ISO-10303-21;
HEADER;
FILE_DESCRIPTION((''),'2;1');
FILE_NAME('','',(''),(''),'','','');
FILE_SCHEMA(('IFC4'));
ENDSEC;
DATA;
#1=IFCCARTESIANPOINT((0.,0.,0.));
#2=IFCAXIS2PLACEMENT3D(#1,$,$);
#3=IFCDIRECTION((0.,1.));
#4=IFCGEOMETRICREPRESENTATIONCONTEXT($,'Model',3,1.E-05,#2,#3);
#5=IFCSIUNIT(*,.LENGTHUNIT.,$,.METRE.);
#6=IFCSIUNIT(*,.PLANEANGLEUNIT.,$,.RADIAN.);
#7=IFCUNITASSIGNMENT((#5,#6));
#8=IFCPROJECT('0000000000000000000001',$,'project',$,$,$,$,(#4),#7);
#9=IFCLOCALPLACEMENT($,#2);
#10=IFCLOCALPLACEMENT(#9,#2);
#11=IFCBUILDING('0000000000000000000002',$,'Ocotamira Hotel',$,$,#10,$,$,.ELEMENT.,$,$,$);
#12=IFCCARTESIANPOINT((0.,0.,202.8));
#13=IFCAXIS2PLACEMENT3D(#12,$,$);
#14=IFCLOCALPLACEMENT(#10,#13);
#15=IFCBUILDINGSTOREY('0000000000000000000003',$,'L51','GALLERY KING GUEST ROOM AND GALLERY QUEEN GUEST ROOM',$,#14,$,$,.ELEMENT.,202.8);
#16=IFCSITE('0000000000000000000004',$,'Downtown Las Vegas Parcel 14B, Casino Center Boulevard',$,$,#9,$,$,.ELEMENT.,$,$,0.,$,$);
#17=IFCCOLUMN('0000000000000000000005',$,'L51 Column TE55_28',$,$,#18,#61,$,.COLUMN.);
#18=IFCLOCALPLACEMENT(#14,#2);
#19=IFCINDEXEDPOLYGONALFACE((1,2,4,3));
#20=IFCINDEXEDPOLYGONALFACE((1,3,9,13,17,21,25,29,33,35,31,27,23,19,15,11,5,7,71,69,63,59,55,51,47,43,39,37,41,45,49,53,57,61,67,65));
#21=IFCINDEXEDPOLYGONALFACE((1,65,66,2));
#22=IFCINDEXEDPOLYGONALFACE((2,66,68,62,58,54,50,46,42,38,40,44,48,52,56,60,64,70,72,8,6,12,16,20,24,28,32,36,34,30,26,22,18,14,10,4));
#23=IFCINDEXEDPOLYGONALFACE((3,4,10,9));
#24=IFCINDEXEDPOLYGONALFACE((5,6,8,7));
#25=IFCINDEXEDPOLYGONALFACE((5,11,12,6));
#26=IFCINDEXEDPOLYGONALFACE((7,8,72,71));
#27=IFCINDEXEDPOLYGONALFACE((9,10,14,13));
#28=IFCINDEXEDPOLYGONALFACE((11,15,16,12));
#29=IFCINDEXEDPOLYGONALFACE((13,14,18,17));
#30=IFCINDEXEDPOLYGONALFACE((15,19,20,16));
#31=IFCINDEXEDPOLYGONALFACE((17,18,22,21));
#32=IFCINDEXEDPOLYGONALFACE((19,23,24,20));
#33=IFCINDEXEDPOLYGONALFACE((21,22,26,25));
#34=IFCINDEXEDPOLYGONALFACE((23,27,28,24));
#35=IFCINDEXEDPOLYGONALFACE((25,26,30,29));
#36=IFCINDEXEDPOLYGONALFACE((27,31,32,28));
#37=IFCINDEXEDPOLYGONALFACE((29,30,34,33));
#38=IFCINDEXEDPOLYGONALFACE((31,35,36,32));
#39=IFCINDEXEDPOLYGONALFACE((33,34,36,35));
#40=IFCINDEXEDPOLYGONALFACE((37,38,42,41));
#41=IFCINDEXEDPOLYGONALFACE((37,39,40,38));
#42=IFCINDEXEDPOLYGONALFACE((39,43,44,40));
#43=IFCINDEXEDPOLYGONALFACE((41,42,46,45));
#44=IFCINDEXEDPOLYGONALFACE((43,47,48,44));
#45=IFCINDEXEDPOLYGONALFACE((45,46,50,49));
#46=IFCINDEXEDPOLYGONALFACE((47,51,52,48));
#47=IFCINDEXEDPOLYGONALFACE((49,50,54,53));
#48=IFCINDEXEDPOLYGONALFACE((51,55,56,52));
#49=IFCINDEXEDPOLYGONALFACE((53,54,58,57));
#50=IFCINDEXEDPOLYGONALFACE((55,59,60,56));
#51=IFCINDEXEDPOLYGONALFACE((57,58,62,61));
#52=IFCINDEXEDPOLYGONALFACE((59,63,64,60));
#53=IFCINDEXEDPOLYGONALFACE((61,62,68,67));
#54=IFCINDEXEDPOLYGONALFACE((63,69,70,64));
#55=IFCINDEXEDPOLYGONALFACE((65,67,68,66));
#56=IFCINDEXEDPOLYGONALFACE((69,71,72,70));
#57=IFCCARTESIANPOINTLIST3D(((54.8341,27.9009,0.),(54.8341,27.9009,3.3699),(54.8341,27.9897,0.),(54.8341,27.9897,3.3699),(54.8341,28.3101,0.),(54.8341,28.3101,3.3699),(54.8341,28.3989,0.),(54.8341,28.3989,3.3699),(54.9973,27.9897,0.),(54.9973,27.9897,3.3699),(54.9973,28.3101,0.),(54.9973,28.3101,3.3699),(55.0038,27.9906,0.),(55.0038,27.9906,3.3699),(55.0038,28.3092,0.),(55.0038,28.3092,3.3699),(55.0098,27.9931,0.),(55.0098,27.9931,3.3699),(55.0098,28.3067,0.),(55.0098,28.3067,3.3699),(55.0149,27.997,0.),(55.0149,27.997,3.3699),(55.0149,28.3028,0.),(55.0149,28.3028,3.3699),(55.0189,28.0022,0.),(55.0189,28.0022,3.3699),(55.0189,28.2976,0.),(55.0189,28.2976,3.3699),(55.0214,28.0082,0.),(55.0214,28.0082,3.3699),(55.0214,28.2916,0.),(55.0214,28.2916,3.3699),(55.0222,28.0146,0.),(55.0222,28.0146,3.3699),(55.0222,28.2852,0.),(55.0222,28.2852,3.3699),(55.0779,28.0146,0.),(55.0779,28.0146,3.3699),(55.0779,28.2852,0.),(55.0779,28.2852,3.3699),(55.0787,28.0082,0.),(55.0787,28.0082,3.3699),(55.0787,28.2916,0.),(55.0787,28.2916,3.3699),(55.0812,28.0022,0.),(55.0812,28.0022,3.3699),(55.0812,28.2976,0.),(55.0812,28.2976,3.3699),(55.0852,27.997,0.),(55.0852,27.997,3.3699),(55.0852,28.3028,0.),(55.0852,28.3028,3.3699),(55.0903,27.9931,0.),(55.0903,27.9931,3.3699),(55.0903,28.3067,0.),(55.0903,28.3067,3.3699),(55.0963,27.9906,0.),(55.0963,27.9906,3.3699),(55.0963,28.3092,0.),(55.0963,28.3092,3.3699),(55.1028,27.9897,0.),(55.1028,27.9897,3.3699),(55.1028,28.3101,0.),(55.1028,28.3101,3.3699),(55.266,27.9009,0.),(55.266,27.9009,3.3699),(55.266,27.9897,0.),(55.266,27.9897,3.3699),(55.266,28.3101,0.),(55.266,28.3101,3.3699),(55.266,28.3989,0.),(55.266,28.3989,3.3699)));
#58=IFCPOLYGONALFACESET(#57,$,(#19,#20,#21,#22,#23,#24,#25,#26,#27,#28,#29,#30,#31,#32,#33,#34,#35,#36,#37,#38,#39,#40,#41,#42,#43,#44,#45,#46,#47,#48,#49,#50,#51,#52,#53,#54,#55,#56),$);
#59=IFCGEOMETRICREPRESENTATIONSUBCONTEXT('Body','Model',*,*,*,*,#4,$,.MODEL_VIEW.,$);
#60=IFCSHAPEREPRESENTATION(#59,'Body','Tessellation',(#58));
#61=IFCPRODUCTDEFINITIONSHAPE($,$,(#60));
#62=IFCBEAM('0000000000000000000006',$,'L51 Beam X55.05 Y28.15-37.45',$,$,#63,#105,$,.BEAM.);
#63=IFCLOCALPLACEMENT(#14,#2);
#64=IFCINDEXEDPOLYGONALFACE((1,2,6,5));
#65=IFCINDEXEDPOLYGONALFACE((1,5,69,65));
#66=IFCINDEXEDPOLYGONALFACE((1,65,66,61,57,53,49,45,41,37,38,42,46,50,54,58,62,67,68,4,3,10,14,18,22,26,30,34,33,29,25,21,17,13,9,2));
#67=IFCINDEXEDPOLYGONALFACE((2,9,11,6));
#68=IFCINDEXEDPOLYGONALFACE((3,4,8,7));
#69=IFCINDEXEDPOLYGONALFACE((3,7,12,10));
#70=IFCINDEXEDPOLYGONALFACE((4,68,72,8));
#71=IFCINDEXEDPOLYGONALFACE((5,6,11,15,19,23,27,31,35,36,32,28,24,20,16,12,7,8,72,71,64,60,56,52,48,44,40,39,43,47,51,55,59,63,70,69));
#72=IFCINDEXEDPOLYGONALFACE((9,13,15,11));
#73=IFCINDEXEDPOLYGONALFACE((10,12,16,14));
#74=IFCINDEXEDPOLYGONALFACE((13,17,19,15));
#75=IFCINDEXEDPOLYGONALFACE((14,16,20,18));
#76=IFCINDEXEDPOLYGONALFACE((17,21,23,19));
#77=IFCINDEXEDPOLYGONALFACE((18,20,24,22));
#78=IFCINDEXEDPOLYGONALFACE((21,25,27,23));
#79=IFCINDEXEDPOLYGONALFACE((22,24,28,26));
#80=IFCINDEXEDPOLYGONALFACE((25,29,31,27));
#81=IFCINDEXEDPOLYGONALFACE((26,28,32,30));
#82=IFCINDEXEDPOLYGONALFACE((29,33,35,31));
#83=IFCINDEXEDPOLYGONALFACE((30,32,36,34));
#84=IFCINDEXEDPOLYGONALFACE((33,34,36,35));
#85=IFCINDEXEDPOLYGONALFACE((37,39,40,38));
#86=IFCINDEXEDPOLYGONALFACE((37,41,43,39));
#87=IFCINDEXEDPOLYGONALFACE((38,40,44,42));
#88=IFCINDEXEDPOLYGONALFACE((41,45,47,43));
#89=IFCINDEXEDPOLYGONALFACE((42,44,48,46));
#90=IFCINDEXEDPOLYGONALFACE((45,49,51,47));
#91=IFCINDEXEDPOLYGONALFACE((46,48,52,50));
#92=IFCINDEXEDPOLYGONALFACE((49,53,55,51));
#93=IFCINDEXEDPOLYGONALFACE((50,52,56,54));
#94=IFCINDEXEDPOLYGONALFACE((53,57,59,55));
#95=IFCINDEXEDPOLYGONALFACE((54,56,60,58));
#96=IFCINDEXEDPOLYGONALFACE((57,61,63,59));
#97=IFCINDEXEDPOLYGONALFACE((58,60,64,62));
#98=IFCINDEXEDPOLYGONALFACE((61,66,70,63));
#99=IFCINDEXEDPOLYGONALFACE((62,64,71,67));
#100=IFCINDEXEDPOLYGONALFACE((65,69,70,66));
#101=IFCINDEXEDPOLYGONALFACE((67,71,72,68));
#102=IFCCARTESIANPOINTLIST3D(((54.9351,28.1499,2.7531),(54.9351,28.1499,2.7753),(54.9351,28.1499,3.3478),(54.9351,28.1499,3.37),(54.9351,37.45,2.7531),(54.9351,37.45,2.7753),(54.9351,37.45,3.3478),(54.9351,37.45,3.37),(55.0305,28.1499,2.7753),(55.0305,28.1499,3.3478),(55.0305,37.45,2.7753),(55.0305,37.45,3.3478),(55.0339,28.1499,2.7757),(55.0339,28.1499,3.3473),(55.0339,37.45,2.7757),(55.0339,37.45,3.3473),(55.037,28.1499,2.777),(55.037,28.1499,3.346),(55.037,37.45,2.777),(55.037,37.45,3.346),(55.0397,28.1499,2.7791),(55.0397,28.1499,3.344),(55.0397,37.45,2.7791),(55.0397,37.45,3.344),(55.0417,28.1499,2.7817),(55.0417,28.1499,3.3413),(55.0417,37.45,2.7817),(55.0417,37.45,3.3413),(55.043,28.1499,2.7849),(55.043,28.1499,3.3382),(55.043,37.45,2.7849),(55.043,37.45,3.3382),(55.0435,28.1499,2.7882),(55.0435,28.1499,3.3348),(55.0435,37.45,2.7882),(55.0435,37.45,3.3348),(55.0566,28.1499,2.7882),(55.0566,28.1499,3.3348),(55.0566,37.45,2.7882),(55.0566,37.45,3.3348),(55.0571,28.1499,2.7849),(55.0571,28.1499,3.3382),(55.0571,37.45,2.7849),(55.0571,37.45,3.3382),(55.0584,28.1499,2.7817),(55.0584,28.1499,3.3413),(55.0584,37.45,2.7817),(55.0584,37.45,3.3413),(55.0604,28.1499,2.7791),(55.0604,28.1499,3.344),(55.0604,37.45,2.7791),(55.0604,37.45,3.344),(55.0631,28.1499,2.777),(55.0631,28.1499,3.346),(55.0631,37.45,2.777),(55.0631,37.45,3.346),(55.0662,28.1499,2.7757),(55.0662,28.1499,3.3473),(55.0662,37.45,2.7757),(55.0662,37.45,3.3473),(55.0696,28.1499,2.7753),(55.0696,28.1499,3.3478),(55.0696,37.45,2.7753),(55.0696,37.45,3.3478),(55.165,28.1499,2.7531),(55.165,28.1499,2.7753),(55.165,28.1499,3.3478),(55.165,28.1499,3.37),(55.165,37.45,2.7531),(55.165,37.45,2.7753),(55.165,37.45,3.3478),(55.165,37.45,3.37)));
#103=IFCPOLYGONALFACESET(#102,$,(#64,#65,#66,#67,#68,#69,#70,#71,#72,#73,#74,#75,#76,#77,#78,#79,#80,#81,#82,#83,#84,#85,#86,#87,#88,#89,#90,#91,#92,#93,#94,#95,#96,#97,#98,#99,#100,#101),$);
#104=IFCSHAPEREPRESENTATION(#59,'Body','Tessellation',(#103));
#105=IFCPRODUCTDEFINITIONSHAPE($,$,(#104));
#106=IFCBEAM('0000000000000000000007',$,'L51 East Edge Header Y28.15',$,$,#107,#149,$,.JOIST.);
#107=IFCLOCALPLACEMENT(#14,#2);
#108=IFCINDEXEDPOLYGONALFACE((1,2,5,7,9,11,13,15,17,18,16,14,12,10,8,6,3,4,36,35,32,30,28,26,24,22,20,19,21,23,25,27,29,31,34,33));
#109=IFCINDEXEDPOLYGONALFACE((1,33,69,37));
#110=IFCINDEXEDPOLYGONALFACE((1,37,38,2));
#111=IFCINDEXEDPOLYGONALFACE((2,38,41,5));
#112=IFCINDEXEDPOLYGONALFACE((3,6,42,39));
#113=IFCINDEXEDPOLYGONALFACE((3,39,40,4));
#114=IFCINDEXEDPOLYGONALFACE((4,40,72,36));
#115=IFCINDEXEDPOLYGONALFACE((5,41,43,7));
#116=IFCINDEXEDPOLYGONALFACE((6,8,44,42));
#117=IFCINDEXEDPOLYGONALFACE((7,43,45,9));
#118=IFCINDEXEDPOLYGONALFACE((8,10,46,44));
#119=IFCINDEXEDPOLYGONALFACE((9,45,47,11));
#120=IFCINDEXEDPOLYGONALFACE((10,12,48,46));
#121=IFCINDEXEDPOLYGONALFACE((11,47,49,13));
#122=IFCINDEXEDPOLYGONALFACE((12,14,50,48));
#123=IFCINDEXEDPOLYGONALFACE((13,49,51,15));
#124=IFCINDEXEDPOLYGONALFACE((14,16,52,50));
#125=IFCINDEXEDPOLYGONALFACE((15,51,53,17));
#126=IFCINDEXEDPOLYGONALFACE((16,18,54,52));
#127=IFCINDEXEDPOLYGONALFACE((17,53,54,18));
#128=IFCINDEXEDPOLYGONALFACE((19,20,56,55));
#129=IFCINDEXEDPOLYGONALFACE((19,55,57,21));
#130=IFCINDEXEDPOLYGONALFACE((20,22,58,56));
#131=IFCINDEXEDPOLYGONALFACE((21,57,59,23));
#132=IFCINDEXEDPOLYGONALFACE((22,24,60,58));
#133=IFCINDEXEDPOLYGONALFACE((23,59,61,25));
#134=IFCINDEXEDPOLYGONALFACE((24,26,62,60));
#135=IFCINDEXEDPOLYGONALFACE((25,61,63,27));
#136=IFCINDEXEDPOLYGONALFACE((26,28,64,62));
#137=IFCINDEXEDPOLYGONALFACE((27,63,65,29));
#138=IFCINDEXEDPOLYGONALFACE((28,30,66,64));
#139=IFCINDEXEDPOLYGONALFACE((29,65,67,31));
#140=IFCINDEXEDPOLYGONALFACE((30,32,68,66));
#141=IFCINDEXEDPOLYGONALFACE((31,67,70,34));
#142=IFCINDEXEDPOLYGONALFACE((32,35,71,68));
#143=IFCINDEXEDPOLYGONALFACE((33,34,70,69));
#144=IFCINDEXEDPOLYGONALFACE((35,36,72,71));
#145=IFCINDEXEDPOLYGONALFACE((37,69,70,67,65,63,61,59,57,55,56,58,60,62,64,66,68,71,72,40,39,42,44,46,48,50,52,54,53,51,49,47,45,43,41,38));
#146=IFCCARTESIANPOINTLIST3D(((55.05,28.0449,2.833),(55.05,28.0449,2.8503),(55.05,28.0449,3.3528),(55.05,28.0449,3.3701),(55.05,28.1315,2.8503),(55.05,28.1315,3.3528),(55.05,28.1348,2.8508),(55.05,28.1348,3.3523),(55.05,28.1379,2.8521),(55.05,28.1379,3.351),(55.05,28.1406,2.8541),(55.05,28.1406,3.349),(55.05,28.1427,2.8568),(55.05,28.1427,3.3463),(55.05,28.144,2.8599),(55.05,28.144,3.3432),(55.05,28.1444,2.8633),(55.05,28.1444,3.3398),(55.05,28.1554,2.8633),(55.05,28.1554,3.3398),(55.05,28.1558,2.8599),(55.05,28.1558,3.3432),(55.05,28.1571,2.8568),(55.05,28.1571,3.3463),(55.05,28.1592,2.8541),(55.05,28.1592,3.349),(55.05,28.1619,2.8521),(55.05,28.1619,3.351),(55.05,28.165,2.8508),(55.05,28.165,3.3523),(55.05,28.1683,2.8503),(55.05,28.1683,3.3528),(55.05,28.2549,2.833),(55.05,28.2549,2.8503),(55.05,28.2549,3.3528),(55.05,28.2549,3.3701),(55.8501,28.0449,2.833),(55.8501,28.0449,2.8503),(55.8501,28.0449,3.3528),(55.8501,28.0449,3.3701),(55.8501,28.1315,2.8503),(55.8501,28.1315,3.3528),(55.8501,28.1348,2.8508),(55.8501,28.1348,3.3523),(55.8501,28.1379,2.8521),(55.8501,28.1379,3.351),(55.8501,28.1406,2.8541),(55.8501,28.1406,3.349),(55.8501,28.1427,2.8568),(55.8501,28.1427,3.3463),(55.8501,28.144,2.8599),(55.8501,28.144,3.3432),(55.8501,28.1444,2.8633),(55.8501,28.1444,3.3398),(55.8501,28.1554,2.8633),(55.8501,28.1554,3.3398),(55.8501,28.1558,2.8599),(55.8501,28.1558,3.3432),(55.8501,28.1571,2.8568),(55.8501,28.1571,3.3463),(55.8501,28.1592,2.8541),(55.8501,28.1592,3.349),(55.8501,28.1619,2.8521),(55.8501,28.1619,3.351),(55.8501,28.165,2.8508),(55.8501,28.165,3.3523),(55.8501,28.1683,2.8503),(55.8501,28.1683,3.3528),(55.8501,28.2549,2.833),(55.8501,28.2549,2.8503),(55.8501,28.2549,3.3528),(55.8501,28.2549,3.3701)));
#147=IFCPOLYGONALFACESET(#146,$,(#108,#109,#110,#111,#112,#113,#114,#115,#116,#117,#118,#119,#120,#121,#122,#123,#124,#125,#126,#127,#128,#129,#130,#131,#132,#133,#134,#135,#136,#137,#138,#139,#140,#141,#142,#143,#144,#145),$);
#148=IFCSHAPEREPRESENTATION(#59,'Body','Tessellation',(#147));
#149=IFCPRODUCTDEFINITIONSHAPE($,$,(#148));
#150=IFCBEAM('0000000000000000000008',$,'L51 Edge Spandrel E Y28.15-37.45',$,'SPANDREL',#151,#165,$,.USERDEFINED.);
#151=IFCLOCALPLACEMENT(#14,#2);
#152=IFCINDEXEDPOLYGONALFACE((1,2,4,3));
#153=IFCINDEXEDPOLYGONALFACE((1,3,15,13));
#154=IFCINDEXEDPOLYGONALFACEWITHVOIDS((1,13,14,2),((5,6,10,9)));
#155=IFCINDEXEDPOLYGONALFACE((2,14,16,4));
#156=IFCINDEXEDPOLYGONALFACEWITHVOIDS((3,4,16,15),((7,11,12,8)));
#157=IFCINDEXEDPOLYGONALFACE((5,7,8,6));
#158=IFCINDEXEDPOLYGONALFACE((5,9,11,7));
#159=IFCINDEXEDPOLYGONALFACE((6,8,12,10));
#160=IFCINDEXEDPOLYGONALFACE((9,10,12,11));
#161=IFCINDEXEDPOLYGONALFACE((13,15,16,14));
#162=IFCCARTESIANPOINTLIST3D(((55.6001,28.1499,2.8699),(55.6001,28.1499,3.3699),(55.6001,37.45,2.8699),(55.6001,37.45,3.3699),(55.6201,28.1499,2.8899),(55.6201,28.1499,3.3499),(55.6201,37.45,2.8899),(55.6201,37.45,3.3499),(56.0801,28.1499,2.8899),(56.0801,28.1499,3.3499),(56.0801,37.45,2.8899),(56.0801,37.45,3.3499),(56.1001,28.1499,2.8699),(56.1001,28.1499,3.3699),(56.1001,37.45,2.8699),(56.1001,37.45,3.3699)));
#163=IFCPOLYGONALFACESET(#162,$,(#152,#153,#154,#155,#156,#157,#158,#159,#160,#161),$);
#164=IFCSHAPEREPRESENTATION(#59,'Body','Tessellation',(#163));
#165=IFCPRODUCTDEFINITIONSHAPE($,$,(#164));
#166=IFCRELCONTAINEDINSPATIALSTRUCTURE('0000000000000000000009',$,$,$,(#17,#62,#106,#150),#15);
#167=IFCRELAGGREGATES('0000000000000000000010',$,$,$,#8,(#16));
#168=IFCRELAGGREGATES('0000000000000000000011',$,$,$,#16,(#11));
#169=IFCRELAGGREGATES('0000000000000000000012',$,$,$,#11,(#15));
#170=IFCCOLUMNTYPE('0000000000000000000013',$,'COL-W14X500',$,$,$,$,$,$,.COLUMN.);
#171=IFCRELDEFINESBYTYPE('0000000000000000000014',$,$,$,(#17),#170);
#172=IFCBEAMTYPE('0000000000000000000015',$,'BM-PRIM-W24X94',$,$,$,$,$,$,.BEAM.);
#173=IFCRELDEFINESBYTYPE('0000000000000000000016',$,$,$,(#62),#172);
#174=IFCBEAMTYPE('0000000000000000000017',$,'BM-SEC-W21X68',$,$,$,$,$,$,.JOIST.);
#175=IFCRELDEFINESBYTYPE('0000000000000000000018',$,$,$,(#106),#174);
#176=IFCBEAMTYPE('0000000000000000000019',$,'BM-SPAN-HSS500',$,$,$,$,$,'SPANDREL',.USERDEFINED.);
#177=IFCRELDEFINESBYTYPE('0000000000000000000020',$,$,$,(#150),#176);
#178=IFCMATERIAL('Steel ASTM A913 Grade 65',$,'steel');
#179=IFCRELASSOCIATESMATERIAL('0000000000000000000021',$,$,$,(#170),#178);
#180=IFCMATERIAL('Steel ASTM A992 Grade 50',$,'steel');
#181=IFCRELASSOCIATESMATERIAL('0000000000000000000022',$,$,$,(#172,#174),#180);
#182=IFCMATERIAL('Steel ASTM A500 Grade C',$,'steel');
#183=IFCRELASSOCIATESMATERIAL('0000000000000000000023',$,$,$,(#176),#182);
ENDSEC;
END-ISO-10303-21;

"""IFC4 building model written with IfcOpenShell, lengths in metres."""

from ifc_helpers import new_model, si_unit, direction, frame, origin, origin_2d, place, context, subcontext, project, spatial, hollow_rectangle, i_section, extrude, source, transform, mapped, material, material_profile, profile_set, type_object, element, save


model = new_model("IFC4")

# Units and contexts
model_context = context("Model", 3, precision=1e-05, world=origin(), true_north=direction((0.0, 1.0)))
body_context = subcontext(model_context, "Body", "Model", "MODEL_VIEW")
ifc_project = project(units=[si_unit("LENGTHUNIT", "METRE"), si_unit("PLANEANGLEUNIT", "RADIAN")], contexts=[model_context])

# Site, building, storey
site_placement = place(None, origin())
site = spatial("IfcSite", under=ifc_project, at=site_placement, Name="Downtown Las Vegas Parcel 14B, Casino Center Boulevard", CompositionType="ELEMENT", RefElevation=0.0)
building_placement = place(site_placement, origin())
building = spatial("IfcBuilding", under=site, at=building_placement, Name="Ocotamira Hotel", CompositionType="ELEMENT")
storey_placement = place(building_placement, frame((0.0, 0.0, 202.8)))
storey = spatial("IfcBuildingStorey", under=building, at=storey_placement, Name="L51", Description="GALLERY KING GUEST ROOM AND GALLERY QUEEN GUEST ROOM", CompositionType="ELEMENT", Elevation=202.8)

# Column
ifc_material_1 = material(Name="Steel ASTM A913 Grade 65", Category="steel")
ifc_material_profile_1 = material_profile(ifc_material_1, i_section(OverallWidth=0.4319, OverallDepth=0.498, WebThickness=0.0557, FlangeThickness=0.0889, FilletRadius=0.0249, at=origin_2d()), Name="W14X500")
ifc_profile_set_1 = profile_set([ifc_material_profile_1], Name="Steel ASTM A913 Grade 65")
column_type = type_object("IfcColumnType", Name="COL-W14X500", PredefinedType="COLUMN", material=ifc_profile_set_1)
shared_shape_1 = source(origin(), body_context, "Body", "SweptSolid", [
    extrude(i_section(OverallWidth=0.4319, OverallDepth=0.498, WebThickness=0.0557, FlangeThickness=0.0889, FilletRadius=0.0249, at=origin_2d()), origin(), (0.0, 0.0, 1.0), 3.3699),
])
column_placement = place(storey_placement, frame((55.05, 28.1499, 0.0), z_axis=(0.0, 0.0, 1.0), x_axis=(1.0, 0.0, 0.0)))
element("IfcColumn", 1, at=column_placement, inside=storey, type_object=column_type, Name="L51 Column TE55_28", PredefinedType="COLUMN", context=body_context, shape_type="MappedRepresentation", body=[
    mapped(shared_shape_1, transform((0.0, 0.0, 0.0), scale=1.0)),
])

# Beams
ifc_material_2 = material(Name="Steel ASTM A992 Grade 50", Category="steel")
ifc_material_profile_2 = material_profile(ifc_material_2, i_section(OverallWidth=0.23, OverallDepth=0.6169, WebThickness=0.0132, FlangeThickness=0.0222, FilletRadius=0.0129, at=origin_2d()), Name="W24X94")
ifc_profile_set_2 = profile_set([ifc_material_profile_2], Name="Steel ASTM A992 Grade 50")
beam_type_1 = type_object("IfcBeamType", Name="BM-PRIM-W24X94", PredefinedType="BEAM", material=ifc_profile_set_2)
shared_shape_2 = source(origin(), body_context, "Body", "SweptSolid", [
    extrude(i_section(OverallWidth=0.23, OverallDepth=0.6169, WebThickness=0.0132, FlangeThickness=0.0222, FilletRadius=0.0129, at=origin_2d()), origin(), (0.0, 0.0, 1.0), 9.3),
])
beam_1_placement = place(storey_placement, frame((55.05, 28.1499, 3.0615), z_axis=(0.0, 1.0, 0.0), x_axis=(-1.0, 0.0, 0.0)))
element("IfcBeam", 2, at=beam_1_placement, inside=storey, type_object=beam_type_1, Name="L51 Beam X55.05 Y28.15-37.45", PredefinedType="BEAM", context=body_context, shape_type="MappedRepresentation", body=[
    mapped(shared_shape_2, transform((0.0, 0.0, 0.0), scale=1.0)),
])
ifc_material_profile_3 = material_profile(ifc_material_2, i_section(OverallWidth=0.21, OverallDepth=0.5371, WebThickness=0.011, FlangeThickness=0.0173, FilletRadius=0.0129, at=origin_2d()), Name="W21X68")
ifc_profile_set_3 = profile_set([ifc_material_profile_3], Name="Steel ASTM A992 Grade 50")
beam_type_2 = type_object("IfcBeamType", Name="BM-SEC-W21X68", PredefinedType="JOIST", material=ifc_profile_set_3)
shared_shape_3 = source(origin(), body_context, "Body", "SweptSolid", [
    extrude(i_section(OverallWidth=0.21, OverallDepth=0.5371, WebThickness=0.011, FlangeThickness=0.0173, FilletRadius=0.0129, at=origin_2d()), origin(), (0.0, 0.0, 1.0), 0.8),
])
beam_2_placement = place(storey_placement, frame((55.05, 28.1499, 3.1016), z_axis=(1.0, 0.0, 0.0), x_axis=(0.0, 1.0, 0.0)))
element("IfcBeam", 3, at=beam_2_placement, inside=storey, type_object=beam_type_2, Name="L51 East Edge Header Y28.15", PredefinedType="JOIST", context=body_context, shape_type="MappedRepresentation", body=[
    mapped(shared_shape_3, transform((0.0, 0.0, 0.0), scale=1.0)),
])
ifc_material_3 = material(Name="Steel ASTM A500 Grade C", Category="steel")
ifc_material_profile_4 = material_profile(ifc_material_3, hollow_rectangle(XDim=0.5, YDim=0.5, WallThickness=0.02, at=origin_2d()), Name="HSS500X500X20")
ifc_profile_set_4 = profile_set([ifc_material_profile_4], Name="Steel ASTM A500 Grade C")
beam_type_3 = type_object("IfcBeamType", Name="BM-SPAN-HSS500", ElementType="SPANDREL", PredefinedType="USERDEFINED", material=ifc_profile_set_4)
shared_shape_4 = source(origin(), body_context, "Body", "SweptSolid", [
    extrude(hollow_rectangle(XDim=0.5, YDim=0.5, WallThickness=0.02, at=origin_2d()), origin(), (0.0, 0.0, 1.0), 9.3),
])
beam_3_placement = place(storey_placement, frame((55.8501, 28.1499, 3.1199), z_axis=(0.0, 1.0, 0.0), x_axis=(-1.0, 0.0, 0.0)))
element("IfcBeam", 4, at=beam_3_placement, inside=storey, type_object=beam_type_3, Name="L51 Edge Spandrel E Y28.15-37.45", ObjectType="SPANDREL", PredefinedType="USERDEFINED", context=body_context, shape_type="MappedRepresentation", body=[
    mapped(shared_shape_4, transform((0.0, 0.0, 0.0), scale=1.0)),
])

save(model, "model.ifc")
